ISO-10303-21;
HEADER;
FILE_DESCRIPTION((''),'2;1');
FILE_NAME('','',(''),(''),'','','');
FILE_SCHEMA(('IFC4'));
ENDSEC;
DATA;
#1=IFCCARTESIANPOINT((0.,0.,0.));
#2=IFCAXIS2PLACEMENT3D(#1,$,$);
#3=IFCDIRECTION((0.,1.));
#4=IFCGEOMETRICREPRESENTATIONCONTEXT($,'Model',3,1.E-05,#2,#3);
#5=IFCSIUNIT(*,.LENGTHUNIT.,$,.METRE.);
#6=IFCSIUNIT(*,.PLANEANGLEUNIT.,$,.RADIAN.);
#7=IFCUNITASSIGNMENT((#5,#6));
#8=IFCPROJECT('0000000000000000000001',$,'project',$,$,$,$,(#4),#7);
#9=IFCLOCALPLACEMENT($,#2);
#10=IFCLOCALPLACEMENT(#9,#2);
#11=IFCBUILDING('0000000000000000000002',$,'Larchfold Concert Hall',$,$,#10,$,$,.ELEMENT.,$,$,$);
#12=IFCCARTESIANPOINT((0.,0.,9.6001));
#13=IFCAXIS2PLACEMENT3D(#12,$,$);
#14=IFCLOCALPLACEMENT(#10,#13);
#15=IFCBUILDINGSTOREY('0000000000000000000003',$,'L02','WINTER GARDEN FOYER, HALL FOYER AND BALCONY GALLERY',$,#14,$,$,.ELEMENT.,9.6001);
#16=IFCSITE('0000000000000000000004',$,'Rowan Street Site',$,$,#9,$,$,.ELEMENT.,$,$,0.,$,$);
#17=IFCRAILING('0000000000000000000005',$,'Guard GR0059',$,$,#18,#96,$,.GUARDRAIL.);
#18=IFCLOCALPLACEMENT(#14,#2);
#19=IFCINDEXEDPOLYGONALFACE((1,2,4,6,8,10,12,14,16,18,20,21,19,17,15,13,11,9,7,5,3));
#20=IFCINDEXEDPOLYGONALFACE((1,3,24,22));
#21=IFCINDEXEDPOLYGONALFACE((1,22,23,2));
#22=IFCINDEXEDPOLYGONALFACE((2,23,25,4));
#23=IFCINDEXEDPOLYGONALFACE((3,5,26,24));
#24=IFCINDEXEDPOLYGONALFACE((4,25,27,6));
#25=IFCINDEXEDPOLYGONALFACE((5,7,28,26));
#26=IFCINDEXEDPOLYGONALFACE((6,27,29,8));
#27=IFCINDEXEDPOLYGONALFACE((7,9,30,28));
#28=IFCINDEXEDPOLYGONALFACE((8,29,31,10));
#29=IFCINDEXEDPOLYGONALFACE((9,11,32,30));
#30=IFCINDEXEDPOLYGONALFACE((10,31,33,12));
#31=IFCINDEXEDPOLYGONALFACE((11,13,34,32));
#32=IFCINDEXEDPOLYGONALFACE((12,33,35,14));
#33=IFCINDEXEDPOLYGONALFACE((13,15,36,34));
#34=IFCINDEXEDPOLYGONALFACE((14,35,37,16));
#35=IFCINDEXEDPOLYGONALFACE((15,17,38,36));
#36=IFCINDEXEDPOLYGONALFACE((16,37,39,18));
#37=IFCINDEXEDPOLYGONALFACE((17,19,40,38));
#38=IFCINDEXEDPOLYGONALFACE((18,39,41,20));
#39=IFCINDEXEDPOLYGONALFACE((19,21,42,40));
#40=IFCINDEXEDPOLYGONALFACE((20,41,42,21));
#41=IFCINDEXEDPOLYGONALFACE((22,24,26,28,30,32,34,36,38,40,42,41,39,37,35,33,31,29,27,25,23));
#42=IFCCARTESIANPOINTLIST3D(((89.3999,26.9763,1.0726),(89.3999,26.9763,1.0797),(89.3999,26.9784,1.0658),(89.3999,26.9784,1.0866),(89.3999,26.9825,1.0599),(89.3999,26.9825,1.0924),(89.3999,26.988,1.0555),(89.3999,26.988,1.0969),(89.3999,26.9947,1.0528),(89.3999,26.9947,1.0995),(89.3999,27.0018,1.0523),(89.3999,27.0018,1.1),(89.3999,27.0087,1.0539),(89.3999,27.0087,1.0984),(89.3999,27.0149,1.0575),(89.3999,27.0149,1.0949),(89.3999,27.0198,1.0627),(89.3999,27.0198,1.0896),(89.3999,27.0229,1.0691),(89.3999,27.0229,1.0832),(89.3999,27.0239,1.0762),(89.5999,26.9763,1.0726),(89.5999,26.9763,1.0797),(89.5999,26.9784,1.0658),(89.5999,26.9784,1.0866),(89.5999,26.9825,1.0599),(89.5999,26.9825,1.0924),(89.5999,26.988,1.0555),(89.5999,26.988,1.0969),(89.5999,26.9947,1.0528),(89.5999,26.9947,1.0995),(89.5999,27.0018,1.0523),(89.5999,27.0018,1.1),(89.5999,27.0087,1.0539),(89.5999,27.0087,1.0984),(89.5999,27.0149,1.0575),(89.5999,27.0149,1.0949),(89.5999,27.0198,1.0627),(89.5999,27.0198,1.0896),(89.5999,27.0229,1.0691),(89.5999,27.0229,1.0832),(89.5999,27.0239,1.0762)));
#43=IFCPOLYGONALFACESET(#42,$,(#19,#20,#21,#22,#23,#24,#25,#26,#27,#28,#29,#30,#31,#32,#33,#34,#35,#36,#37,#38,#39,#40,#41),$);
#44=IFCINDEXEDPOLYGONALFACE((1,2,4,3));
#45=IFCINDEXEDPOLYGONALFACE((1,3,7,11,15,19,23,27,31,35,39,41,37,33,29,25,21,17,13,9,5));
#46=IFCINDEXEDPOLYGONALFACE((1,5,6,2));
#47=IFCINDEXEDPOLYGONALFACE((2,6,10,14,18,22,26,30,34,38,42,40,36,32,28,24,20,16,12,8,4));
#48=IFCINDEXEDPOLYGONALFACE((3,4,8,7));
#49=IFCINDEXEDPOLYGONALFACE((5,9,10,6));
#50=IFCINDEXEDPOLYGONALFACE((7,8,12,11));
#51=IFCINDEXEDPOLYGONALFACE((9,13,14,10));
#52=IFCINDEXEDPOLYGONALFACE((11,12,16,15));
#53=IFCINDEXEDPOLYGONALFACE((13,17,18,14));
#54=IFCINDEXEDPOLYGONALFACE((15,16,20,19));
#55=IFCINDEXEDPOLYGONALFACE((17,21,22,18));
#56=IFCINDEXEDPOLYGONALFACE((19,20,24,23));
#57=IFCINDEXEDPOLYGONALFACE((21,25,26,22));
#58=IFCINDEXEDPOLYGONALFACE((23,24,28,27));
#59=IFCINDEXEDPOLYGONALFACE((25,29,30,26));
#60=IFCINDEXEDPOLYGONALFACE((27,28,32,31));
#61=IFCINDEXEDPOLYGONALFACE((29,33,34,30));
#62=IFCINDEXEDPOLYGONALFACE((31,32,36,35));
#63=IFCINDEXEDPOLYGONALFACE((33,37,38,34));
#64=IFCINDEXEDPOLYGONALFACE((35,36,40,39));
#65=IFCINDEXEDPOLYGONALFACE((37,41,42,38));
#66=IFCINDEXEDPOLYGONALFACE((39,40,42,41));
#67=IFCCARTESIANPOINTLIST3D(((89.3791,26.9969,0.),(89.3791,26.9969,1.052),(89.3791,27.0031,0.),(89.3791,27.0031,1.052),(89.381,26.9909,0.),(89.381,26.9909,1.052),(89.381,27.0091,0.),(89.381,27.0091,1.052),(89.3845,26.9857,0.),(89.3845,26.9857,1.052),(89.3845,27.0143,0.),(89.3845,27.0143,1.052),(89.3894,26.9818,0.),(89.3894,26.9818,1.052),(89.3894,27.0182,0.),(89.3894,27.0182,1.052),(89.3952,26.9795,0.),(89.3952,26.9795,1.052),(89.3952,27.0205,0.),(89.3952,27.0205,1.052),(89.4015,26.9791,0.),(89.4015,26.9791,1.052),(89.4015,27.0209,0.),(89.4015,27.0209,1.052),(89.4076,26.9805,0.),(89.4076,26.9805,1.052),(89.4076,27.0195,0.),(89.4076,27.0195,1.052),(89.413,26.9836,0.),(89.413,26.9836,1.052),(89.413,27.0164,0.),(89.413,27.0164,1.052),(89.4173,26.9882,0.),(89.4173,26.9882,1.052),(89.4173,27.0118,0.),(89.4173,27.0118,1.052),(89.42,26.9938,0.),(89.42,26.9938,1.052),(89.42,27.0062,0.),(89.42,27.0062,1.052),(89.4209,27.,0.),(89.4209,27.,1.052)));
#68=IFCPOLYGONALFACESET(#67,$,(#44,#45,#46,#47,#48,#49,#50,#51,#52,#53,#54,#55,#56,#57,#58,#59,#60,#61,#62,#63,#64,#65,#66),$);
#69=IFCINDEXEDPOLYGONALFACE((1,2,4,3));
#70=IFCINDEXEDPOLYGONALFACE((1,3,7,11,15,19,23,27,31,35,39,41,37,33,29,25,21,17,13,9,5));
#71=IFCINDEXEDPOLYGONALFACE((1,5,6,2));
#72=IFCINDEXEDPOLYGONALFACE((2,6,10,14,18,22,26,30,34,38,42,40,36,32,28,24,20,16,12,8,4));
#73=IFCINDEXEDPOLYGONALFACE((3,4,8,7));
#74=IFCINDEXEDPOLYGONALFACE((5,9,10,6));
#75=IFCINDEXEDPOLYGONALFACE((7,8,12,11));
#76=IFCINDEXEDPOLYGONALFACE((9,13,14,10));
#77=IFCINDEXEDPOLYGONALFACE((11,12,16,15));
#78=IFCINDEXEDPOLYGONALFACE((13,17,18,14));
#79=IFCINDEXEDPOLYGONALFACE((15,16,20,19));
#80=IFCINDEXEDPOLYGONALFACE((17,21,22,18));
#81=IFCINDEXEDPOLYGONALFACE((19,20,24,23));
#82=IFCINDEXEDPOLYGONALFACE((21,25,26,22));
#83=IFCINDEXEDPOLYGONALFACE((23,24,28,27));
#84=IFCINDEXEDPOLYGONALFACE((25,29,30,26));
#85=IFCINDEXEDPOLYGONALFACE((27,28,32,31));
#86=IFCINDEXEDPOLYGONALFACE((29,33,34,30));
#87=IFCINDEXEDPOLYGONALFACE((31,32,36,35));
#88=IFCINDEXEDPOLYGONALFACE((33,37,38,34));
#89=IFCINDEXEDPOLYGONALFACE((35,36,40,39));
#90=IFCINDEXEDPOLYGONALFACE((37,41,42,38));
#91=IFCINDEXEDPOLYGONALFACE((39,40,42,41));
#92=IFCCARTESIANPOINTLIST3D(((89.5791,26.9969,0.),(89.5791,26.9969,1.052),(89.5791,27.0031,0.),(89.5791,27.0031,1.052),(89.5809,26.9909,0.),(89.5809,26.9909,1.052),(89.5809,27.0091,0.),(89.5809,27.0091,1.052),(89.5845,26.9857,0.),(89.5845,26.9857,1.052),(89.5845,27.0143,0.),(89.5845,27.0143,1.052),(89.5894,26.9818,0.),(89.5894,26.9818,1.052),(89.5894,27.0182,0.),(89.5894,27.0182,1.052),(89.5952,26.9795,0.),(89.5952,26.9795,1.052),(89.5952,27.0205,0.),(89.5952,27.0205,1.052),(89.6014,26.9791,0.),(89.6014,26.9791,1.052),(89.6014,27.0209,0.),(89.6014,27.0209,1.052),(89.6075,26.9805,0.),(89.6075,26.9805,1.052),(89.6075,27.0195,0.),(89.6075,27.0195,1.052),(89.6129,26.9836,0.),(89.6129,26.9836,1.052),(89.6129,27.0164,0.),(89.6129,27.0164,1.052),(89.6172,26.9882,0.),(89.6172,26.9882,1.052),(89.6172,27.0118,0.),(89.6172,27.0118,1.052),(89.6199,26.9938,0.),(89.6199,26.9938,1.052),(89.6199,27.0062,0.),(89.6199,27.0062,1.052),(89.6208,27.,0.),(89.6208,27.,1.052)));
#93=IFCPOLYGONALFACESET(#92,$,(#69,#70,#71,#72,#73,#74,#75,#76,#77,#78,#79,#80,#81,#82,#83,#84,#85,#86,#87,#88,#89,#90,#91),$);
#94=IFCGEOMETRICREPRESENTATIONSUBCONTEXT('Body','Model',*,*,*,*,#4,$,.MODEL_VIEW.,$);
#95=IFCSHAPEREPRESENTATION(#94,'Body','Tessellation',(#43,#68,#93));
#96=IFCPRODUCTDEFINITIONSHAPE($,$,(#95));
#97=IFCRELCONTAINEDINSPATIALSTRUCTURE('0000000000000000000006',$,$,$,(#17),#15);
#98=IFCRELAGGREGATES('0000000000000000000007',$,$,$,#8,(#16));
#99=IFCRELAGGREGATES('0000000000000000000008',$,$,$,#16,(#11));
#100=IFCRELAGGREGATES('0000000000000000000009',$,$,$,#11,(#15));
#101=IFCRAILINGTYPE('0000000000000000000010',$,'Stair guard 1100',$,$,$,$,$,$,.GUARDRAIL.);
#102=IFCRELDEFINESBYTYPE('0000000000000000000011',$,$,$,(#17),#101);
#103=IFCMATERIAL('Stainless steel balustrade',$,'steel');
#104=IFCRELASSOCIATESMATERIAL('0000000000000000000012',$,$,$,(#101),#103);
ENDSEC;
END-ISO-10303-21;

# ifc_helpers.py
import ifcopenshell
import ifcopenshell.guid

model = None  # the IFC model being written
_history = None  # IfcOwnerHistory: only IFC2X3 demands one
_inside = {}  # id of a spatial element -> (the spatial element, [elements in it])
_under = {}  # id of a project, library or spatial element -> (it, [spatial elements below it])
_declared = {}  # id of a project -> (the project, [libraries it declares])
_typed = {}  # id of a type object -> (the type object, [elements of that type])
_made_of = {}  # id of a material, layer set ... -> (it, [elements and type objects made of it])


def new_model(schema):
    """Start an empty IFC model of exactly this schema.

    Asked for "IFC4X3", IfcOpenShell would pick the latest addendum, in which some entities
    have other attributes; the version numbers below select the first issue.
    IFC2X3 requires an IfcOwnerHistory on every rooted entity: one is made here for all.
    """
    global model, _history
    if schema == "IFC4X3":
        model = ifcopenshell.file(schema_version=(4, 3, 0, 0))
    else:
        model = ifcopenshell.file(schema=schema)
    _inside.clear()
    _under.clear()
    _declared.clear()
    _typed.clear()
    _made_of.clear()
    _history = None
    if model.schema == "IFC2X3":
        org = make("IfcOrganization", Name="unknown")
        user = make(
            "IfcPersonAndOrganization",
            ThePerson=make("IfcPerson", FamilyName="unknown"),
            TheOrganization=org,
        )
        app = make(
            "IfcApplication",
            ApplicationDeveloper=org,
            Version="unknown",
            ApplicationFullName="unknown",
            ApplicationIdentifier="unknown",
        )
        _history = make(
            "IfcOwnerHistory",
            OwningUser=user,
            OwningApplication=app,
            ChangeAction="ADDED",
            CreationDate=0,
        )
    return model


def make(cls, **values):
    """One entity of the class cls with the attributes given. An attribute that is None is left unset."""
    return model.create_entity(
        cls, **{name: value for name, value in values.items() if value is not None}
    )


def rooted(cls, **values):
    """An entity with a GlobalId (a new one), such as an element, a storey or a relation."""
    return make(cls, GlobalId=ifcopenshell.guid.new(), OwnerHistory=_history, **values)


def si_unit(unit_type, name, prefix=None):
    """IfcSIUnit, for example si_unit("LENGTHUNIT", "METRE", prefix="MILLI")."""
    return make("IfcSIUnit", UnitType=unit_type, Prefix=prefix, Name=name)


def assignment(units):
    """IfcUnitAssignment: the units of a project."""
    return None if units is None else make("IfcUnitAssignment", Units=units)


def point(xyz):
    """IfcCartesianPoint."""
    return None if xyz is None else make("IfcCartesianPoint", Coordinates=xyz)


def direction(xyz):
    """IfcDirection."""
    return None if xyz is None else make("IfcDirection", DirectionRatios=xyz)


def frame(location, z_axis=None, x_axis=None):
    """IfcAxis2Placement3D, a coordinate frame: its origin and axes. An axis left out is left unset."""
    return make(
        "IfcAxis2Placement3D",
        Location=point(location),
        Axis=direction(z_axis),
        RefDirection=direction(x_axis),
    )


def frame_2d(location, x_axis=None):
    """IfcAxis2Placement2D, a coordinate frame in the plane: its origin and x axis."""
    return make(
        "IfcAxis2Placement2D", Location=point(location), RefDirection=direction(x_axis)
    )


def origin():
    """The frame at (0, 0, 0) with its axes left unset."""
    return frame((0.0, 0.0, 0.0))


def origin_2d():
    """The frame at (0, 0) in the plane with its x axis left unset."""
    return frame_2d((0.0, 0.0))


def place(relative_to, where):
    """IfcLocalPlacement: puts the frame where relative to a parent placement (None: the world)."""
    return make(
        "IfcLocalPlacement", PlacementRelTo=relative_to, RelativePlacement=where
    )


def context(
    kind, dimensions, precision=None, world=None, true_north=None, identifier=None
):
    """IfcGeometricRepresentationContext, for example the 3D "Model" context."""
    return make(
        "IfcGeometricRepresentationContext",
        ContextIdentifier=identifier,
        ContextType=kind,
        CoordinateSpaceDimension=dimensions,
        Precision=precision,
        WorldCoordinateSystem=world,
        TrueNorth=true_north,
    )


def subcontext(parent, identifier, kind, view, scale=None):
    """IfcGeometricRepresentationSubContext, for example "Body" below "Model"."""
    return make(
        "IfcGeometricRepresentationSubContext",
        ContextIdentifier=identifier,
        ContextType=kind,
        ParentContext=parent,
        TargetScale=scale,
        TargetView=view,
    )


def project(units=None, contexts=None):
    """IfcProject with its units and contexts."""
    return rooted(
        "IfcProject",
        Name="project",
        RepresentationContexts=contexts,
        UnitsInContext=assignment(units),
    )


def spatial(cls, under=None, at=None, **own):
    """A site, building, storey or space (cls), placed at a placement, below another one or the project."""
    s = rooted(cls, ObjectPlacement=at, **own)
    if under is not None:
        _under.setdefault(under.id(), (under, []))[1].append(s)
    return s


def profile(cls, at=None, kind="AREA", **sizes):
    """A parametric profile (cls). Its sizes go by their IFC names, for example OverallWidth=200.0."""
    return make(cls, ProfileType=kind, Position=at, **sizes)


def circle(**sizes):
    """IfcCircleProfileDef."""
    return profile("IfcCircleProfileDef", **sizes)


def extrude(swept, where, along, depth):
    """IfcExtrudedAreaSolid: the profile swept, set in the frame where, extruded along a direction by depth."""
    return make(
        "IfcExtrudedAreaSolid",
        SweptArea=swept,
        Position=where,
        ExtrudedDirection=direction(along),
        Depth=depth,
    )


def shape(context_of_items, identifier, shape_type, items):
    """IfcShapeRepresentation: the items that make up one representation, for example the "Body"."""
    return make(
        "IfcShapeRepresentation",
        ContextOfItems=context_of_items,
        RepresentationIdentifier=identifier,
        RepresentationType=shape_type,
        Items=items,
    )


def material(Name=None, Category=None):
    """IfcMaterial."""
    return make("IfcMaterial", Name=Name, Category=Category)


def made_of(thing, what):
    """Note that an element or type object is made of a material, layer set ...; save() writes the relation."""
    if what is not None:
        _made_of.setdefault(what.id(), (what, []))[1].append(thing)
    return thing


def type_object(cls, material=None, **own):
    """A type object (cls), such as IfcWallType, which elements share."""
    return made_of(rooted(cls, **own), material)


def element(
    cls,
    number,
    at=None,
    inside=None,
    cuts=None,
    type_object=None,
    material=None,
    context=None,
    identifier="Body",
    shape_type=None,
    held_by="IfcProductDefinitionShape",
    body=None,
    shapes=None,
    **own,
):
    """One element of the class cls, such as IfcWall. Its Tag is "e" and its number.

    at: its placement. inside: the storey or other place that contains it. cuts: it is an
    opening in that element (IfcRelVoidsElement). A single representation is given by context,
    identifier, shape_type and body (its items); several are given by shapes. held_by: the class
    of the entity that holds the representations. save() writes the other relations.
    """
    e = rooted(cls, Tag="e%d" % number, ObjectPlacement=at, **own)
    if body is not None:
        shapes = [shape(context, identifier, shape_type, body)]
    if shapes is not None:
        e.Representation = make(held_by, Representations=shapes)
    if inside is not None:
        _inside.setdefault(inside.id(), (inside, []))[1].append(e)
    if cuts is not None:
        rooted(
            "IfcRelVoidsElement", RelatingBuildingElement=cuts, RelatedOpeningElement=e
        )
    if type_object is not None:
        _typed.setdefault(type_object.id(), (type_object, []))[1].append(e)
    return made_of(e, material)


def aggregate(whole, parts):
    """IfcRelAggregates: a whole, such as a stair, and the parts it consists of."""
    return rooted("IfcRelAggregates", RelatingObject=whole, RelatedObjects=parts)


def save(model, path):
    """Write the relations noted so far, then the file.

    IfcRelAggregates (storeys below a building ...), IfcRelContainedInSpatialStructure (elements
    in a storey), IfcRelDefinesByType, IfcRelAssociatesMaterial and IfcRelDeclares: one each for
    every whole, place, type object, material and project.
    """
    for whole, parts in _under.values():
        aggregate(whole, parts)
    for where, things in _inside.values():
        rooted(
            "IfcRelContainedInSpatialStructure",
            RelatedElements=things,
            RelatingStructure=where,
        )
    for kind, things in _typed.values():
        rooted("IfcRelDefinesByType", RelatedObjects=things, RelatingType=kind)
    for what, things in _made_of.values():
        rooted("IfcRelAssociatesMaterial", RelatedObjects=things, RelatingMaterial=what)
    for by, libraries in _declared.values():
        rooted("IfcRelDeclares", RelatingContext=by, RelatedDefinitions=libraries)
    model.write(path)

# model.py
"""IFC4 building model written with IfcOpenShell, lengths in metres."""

from ifc_helpers import new_model, si_unit, direction, frame, origin, origin_2d, place, context, subcontext, project, spatial, circle, extrude, material, type_object, element, save


model = new_model("IFC4")

# Units and contexts
model_context = context("Model", 3, precision=1e-05, world=origin(), true_north=direction((0.0, 1.0)))
body_context = subcontext(model_context, "Body", "Model", "MODEL_VIEW")
ifc_project = project(units=[si_unit("LENGTHUNIT", "METRE"), si_unit("PLANEANGLEUNIT", "RADIAN")], contexts=[model_context])

# Site, building, storey
site_placement = place(None, origin())
site = spatial("IfcSite", under=ifc_project, at=site_placement, Name="Rowan Street Site", CompositionType="ELEMENT", RefElevation=0.0)
building_placement = place(site_placement, origin())
building = spatial("IfcBuilding", under=site, at=building_placement, Name="Larchfold Concert Hall", CompositionType="ELEMENT")
storey_placement = place(building_placement, frame((0.0, 0.0, 9.6001)))
storey = spatial("IfcBuildingStorey", under=building, at=storey_placement, Name="L02", Description="WINTER GARDEN FOYER, HALL FOYER AND BALCONY GALLERY", CompositionType="ELEMENT", Elevation=9.6001)

# Railing
ifc_material_1 = material(Name="Stainless steel balustrade", Category="steel")
railing_type_1 = type_object("IfcRailingType", Name="Stair guard 1100", PredefinedType="GUARDRAIL", material=ifc_material_1)
railing_1_placement = place(storey_placement, frame((89.3999, 27.0, 0.0)))
element("IfcRailing", 1, at=railing_1_placement, inside=storey, type_object=railing_type_1, Name="Guard GR0059", PredefinedType="GUARDRAIL", context=body_context, shape_type="SweptSolid", body=[
    extrude(circle(Radius=0.0239, at=origin_2d()), frame((0.0, 0.0, 1.0762), z_axis=(1.0, 0.0, 0.0), x_axis=(0.0, 1.0, 0.0)), (0.0, 0.0, 1.0), 0.2),
    extrude(circle(Radius=0.021, at=origin_2d()), origin(), (0.0, 0.0, 1.0), 1.052),
    extrude(circle(Radius=0.021, at=origin_2d()), frame((0.2, 0.0, 0.0)), (0.0, 0.0, 1.0), 1.052),
])

save(model, "model.ifc")
